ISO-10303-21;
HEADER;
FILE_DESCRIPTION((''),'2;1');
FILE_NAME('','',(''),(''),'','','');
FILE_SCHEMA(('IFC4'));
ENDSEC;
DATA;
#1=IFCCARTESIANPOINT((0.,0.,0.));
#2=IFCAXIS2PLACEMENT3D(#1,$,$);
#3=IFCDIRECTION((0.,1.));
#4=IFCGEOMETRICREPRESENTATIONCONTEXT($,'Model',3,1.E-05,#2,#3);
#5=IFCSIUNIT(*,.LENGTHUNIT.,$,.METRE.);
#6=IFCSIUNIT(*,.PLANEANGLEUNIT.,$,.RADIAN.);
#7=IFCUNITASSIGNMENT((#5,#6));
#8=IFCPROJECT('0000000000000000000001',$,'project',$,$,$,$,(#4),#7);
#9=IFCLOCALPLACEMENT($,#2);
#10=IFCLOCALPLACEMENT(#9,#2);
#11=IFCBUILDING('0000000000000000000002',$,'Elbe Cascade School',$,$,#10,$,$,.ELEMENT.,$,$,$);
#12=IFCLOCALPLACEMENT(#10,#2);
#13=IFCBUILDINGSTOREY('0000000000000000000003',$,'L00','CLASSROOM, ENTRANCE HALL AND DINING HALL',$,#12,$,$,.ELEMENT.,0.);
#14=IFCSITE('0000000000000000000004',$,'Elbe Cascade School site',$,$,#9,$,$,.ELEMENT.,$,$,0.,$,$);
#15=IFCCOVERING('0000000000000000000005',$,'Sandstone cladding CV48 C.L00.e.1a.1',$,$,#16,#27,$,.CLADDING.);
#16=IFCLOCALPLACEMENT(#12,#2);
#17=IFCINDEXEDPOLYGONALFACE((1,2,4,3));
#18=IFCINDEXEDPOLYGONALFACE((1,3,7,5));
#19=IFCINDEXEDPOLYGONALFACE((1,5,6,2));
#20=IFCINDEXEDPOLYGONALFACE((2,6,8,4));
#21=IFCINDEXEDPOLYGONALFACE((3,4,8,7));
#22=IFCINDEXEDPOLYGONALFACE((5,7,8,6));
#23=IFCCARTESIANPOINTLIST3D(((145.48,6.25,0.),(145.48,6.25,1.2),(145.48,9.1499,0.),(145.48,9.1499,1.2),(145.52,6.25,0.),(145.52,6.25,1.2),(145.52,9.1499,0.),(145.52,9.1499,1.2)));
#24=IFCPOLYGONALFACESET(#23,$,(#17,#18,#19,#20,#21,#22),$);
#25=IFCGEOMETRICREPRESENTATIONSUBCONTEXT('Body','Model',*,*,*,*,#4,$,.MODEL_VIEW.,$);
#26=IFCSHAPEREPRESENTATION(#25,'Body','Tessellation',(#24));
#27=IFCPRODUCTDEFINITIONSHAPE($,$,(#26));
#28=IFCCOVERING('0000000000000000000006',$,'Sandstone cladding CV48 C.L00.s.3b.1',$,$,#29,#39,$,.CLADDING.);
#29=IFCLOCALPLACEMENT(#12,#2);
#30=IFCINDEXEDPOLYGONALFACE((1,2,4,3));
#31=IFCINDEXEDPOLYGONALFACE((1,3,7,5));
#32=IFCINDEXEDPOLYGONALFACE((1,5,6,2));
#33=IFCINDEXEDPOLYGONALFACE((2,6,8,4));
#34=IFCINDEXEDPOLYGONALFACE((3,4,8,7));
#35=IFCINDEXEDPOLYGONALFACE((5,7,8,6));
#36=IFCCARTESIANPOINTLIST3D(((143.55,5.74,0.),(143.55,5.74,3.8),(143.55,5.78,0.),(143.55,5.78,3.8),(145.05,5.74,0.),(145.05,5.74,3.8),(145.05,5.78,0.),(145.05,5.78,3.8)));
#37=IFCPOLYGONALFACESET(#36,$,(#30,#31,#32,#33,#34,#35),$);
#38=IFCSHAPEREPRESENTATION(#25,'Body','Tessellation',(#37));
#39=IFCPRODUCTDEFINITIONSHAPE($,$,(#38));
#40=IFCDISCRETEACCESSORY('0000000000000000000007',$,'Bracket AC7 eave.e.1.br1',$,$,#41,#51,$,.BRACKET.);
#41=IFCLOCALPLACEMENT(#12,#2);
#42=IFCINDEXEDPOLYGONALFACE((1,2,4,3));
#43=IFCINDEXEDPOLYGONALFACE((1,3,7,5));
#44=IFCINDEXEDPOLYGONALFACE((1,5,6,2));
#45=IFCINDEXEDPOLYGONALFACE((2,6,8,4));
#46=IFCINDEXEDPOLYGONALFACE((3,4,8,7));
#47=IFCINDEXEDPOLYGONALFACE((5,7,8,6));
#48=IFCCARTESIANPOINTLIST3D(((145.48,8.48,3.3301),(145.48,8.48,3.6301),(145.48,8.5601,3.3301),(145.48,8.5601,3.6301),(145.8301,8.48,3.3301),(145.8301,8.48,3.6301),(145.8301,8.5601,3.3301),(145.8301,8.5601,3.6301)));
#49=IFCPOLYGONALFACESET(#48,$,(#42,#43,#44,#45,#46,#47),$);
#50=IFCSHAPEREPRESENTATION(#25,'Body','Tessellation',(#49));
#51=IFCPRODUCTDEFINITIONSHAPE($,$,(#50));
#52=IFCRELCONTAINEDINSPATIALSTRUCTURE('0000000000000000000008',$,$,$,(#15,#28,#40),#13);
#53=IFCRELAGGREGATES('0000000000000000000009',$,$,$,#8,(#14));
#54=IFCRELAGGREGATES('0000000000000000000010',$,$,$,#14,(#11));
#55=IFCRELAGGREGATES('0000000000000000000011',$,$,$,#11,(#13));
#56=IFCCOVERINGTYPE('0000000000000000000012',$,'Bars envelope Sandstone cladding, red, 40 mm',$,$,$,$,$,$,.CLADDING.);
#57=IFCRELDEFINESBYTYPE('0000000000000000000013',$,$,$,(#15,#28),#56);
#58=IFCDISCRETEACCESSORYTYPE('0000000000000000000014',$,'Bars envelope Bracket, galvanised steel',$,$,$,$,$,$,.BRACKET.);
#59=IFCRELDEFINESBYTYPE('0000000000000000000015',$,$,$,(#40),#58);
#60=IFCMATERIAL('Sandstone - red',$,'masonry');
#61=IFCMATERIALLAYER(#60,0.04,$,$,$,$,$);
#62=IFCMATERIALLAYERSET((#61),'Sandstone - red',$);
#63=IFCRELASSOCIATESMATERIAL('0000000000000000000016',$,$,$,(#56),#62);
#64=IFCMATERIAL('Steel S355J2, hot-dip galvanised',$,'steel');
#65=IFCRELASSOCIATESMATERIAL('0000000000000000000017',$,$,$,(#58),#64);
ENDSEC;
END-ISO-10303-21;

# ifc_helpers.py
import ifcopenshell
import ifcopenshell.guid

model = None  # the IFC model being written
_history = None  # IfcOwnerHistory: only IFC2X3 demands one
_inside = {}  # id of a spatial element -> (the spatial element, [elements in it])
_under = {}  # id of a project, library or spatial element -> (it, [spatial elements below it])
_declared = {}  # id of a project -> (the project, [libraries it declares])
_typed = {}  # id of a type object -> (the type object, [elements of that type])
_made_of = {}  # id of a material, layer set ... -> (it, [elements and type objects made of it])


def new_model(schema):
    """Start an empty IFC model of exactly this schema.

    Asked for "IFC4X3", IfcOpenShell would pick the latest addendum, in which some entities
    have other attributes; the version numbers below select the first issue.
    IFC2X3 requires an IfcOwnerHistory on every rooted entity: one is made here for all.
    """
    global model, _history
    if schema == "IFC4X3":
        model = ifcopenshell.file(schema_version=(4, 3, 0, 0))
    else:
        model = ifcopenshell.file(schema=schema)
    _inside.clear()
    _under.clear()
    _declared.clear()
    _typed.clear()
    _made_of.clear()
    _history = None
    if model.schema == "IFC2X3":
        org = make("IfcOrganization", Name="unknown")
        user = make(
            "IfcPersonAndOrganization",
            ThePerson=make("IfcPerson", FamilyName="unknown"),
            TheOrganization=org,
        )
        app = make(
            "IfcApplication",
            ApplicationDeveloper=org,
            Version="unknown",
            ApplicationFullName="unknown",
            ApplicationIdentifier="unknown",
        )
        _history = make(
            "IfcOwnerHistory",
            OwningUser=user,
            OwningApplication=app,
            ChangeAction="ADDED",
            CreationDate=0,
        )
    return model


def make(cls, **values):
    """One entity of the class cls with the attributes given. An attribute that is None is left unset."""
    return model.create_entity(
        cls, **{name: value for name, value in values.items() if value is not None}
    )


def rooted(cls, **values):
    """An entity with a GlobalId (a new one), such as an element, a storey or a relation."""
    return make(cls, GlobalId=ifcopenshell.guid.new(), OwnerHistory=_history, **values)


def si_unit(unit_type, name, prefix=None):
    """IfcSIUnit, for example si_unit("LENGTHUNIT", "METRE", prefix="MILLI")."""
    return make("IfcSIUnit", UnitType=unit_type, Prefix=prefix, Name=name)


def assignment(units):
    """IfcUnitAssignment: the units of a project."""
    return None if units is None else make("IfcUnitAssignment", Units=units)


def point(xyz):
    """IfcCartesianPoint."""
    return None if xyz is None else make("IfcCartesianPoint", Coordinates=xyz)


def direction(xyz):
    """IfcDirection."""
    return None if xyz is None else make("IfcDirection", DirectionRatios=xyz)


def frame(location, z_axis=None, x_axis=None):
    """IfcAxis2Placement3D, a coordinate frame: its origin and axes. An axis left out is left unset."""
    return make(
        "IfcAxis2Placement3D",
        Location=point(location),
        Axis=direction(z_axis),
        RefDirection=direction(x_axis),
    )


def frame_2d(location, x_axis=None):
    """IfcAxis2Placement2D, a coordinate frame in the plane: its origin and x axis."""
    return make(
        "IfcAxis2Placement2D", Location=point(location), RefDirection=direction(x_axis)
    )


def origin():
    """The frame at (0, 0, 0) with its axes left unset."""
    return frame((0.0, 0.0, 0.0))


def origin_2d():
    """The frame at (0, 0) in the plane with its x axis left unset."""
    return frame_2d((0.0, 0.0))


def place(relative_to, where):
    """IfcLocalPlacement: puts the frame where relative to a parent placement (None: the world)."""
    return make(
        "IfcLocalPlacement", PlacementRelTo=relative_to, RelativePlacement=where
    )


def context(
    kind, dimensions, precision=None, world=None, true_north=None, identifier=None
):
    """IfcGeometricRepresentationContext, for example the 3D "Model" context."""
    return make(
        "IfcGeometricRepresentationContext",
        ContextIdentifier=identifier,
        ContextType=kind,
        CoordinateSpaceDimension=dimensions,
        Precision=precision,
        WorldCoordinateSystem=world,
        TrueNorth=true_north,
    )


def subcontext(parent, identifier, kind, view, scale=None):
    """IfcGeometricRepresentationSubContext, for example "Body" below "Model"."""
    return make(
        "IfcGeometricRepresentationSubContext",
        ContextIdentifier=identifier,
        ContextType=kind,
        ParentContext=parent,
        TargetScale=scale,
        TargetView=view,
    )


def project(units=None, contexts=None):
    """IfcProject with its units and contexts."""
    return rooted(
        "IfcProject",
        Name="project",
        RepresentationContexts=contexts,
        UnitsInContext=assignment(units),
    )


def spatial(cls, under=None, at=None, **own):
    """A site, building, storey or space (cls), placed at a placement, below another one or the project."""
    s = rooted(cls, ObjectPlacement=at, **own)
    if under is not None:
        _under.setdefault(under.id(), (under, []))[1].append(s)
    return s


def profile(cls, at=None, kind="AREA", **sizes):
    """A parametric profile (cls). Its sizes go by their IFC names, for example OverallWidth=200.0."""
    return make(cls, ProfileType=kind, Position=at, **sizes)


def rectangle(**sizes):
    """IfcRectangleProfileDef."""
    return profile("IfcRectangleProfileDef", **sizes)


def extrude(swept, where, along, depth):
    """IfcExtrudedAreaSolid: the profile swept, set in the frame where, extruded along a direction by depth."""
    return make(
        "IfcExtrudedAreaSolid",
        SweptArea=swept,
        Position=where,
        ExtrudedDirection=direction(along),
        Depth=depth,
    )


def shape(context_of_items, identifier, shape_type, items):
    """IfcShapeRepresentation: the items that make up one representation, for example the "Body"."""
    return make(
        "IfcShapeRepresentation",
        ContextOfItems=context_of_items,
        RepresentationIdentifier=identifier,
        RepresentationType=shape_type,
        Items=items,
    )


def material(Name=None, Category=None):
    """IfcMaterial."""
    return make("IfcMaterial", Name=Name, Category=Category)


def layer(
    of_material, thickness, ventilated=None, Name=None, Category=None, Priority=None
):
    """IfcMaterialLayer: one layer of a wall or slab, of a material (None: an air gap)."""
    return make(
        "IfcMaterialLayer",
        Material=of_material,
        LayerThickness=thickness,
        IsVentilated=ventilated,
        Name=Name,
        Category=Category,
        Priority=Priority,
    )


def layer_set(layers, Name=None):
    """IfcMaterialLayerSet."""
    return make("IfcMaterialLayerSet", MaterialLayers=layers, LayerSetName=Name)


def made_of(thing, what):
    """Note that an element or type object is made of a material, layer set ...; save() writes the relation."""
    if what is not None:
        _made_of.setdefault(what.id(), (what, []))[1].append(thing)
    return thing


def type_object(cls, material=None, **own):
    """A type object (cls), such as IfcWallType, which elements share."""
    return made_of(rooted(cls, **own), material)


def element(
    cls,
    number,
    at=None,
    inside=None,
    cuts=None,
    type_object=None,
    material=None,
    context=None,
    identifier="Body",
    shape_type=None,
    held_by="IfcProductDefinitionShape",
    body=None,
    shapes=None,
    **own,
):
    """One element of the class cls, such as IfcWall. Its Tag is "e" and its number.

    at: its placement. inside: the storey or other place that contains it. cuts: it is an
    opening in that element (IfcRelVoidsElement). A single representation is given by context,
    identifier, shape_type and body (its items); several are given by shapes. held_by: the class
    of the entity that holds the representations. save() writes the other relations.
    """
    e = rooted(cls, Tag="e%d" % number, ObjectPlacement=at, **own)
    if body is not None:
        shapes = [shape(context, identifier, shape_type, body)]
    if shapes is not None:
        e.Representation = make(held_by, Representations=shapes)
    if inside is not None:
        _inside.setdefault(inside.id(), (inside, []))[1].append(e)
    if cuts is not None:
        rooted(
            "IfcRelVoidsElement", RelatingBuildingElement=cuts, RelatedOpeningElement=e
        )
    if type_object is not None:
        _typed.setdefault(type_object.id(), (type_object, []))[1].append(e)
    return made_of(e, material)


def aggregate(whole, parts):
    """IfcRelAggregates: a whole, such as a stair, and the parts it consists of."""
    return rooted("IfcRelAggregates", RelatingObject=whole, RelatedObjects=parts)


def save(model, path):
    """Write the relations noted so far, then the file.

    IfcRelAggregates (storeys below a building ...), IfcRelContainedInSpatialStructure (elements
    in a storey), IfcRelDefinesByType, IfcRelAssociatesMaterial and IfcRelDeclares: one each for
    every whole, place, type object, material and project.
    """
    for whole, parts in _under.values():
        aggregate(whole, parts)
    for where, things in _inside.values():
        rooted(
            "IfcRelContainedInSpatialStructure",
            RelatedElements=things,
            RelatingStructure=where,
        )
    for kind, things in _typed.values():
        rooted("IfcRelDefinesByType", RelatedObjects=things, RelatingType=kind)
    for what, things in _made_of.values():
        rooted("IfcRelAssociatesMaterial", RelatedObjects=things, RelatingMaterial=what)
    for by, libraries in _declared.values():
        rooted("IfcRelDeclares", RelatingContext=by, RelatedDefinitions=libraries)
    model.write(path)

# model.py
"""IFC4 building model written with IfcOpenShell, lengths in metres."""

from ifc_helpers import new_model, si_unit, direction, frame, origin, origin_2d, place, context, subcontext, project, spatial, rectangle, extrude, material, layer, layer_set, type_object, element, save


model = new_model("IFC4")

# Units and contexts
model_context = context("Model", 3, precision=1e-05, world=origin(), true_north=direction((0.0, 1.0)))
body_context = subcontext(model_context, "Body", "Model", "MODEL_VIEW")
ifc_project = project(units=[si_unit("LENGTHUNIT", "METRE"), si_unit("PLANEANGLEUNIT", "RADIAN")], contexts=[model_context])

# Site, building, storey
site_placement = place(None, origin())
site = spatial("IfcSite", under=ifc_project, at=site_placement, Name="Elbe Cascade School site", CompositionType="ELEMENT", RefElevation=0.0)
building_placement = place(site_placement, origin())
building = spatial("IfcBuilding", under=site, at=building_placement, Name="Elbe Cascade School", CompositionType="ELEMENT")
storey_placement = place(building_placement, origin())
storey = spatial("IfcBuildingStorey", under=building, at=storey_placement, Name="L00", Description="CLASSROOM, ENTRANCE HALL AND DINING HALL", CompositionType="ELEMENT", Elevation=0.0)

# Coverings
ifc_material_1 = material(Name="Sandstone - red", Category="masonry")
ifc_layer_1 = layer(ifc_material_1, 0.04)
ifc_layer_set_1 = layer_set([ifc_layer_1], Name="Sandstone - red")
covering_type = type_object("IfcCoveringType", Name="Bars envelope Sandstone cladding, red, 40 mm", PredefinedType="CLADDING", material=ifc_layer_set_1)
covering_1_placement = place(storey_placement, frame((145.5, 7.7, 0.0), z_axis=(0.0, 0.0, 1.0), x_axis=(0.0, 1.0, 0.0)))
element("IfcCovering", 1, at=covering_1_placement, inside=storey, type_object=covering_type, Name="Sandstone cladding CV48 C.L00.e.1a.1", PredefinedType="CLADDING", context=body_context, shape_type="SweptSolid", body=[
    extrude(rectangle(XDim=2.8999, YDim=0.04, at=origin_2d()), origin(), (0.0, 0.0, 1.0), 1.2),
])
covering_2_placement = place(storey_placement, frame((144.3, 5.76, 0.0), z_axis=(0.0, 0.0, 1.0), x_axis=(1.0, 0.0, 0.0)))
element("IfcCovering", 2, at=covering_2_placement, inside=storey, type_object=covering_type, Name="Sandstone cladding CV48 C.L00.s.3b.1", PredefinedType="CLADDING", context=body_context, shape_type="SweptSolid", body=[
    extrude(rectangle(XDim=1.5, YDim=0.04, at=origin_2d()), origin(), (0.0, 0.0, 1.0), 3.8),
])

# Discrete accessory
ifc_material_2 = material(Name="Steel S355J2, hot-dip galvanised", Category="steel")
discrete_accessory_type = type_object("IfcDiscreteAccessoryType", Name="Bars envelope Bracket, galvanised steel", PredefinedType="BRACKET", material=ifc_material_2)
discrete_accessory_placement = place(storey_placement, frame((145.655, 8.52, 3.3301), z_axis=(0.0, 0.0, 1.0), x_axis=(0.0, 1.0, 0.0)))
element("IfcDiscreteAccessory", 3, at=discrete_accessory_placement, inside=storey, type_object=discrete_accessory_type, Name="Bracket AC7 eave.e.1.br1", PredefinedType="BRACKET", context=body_context, shape_type="SweptSolid", body=[
    extrude(rectangle(XDim=0.0801, YDim=0.3501, at=origin_2d()), origin(), (0.0, 0.0, 1.0), 0.3),
])

save(model, "model.ifc")
